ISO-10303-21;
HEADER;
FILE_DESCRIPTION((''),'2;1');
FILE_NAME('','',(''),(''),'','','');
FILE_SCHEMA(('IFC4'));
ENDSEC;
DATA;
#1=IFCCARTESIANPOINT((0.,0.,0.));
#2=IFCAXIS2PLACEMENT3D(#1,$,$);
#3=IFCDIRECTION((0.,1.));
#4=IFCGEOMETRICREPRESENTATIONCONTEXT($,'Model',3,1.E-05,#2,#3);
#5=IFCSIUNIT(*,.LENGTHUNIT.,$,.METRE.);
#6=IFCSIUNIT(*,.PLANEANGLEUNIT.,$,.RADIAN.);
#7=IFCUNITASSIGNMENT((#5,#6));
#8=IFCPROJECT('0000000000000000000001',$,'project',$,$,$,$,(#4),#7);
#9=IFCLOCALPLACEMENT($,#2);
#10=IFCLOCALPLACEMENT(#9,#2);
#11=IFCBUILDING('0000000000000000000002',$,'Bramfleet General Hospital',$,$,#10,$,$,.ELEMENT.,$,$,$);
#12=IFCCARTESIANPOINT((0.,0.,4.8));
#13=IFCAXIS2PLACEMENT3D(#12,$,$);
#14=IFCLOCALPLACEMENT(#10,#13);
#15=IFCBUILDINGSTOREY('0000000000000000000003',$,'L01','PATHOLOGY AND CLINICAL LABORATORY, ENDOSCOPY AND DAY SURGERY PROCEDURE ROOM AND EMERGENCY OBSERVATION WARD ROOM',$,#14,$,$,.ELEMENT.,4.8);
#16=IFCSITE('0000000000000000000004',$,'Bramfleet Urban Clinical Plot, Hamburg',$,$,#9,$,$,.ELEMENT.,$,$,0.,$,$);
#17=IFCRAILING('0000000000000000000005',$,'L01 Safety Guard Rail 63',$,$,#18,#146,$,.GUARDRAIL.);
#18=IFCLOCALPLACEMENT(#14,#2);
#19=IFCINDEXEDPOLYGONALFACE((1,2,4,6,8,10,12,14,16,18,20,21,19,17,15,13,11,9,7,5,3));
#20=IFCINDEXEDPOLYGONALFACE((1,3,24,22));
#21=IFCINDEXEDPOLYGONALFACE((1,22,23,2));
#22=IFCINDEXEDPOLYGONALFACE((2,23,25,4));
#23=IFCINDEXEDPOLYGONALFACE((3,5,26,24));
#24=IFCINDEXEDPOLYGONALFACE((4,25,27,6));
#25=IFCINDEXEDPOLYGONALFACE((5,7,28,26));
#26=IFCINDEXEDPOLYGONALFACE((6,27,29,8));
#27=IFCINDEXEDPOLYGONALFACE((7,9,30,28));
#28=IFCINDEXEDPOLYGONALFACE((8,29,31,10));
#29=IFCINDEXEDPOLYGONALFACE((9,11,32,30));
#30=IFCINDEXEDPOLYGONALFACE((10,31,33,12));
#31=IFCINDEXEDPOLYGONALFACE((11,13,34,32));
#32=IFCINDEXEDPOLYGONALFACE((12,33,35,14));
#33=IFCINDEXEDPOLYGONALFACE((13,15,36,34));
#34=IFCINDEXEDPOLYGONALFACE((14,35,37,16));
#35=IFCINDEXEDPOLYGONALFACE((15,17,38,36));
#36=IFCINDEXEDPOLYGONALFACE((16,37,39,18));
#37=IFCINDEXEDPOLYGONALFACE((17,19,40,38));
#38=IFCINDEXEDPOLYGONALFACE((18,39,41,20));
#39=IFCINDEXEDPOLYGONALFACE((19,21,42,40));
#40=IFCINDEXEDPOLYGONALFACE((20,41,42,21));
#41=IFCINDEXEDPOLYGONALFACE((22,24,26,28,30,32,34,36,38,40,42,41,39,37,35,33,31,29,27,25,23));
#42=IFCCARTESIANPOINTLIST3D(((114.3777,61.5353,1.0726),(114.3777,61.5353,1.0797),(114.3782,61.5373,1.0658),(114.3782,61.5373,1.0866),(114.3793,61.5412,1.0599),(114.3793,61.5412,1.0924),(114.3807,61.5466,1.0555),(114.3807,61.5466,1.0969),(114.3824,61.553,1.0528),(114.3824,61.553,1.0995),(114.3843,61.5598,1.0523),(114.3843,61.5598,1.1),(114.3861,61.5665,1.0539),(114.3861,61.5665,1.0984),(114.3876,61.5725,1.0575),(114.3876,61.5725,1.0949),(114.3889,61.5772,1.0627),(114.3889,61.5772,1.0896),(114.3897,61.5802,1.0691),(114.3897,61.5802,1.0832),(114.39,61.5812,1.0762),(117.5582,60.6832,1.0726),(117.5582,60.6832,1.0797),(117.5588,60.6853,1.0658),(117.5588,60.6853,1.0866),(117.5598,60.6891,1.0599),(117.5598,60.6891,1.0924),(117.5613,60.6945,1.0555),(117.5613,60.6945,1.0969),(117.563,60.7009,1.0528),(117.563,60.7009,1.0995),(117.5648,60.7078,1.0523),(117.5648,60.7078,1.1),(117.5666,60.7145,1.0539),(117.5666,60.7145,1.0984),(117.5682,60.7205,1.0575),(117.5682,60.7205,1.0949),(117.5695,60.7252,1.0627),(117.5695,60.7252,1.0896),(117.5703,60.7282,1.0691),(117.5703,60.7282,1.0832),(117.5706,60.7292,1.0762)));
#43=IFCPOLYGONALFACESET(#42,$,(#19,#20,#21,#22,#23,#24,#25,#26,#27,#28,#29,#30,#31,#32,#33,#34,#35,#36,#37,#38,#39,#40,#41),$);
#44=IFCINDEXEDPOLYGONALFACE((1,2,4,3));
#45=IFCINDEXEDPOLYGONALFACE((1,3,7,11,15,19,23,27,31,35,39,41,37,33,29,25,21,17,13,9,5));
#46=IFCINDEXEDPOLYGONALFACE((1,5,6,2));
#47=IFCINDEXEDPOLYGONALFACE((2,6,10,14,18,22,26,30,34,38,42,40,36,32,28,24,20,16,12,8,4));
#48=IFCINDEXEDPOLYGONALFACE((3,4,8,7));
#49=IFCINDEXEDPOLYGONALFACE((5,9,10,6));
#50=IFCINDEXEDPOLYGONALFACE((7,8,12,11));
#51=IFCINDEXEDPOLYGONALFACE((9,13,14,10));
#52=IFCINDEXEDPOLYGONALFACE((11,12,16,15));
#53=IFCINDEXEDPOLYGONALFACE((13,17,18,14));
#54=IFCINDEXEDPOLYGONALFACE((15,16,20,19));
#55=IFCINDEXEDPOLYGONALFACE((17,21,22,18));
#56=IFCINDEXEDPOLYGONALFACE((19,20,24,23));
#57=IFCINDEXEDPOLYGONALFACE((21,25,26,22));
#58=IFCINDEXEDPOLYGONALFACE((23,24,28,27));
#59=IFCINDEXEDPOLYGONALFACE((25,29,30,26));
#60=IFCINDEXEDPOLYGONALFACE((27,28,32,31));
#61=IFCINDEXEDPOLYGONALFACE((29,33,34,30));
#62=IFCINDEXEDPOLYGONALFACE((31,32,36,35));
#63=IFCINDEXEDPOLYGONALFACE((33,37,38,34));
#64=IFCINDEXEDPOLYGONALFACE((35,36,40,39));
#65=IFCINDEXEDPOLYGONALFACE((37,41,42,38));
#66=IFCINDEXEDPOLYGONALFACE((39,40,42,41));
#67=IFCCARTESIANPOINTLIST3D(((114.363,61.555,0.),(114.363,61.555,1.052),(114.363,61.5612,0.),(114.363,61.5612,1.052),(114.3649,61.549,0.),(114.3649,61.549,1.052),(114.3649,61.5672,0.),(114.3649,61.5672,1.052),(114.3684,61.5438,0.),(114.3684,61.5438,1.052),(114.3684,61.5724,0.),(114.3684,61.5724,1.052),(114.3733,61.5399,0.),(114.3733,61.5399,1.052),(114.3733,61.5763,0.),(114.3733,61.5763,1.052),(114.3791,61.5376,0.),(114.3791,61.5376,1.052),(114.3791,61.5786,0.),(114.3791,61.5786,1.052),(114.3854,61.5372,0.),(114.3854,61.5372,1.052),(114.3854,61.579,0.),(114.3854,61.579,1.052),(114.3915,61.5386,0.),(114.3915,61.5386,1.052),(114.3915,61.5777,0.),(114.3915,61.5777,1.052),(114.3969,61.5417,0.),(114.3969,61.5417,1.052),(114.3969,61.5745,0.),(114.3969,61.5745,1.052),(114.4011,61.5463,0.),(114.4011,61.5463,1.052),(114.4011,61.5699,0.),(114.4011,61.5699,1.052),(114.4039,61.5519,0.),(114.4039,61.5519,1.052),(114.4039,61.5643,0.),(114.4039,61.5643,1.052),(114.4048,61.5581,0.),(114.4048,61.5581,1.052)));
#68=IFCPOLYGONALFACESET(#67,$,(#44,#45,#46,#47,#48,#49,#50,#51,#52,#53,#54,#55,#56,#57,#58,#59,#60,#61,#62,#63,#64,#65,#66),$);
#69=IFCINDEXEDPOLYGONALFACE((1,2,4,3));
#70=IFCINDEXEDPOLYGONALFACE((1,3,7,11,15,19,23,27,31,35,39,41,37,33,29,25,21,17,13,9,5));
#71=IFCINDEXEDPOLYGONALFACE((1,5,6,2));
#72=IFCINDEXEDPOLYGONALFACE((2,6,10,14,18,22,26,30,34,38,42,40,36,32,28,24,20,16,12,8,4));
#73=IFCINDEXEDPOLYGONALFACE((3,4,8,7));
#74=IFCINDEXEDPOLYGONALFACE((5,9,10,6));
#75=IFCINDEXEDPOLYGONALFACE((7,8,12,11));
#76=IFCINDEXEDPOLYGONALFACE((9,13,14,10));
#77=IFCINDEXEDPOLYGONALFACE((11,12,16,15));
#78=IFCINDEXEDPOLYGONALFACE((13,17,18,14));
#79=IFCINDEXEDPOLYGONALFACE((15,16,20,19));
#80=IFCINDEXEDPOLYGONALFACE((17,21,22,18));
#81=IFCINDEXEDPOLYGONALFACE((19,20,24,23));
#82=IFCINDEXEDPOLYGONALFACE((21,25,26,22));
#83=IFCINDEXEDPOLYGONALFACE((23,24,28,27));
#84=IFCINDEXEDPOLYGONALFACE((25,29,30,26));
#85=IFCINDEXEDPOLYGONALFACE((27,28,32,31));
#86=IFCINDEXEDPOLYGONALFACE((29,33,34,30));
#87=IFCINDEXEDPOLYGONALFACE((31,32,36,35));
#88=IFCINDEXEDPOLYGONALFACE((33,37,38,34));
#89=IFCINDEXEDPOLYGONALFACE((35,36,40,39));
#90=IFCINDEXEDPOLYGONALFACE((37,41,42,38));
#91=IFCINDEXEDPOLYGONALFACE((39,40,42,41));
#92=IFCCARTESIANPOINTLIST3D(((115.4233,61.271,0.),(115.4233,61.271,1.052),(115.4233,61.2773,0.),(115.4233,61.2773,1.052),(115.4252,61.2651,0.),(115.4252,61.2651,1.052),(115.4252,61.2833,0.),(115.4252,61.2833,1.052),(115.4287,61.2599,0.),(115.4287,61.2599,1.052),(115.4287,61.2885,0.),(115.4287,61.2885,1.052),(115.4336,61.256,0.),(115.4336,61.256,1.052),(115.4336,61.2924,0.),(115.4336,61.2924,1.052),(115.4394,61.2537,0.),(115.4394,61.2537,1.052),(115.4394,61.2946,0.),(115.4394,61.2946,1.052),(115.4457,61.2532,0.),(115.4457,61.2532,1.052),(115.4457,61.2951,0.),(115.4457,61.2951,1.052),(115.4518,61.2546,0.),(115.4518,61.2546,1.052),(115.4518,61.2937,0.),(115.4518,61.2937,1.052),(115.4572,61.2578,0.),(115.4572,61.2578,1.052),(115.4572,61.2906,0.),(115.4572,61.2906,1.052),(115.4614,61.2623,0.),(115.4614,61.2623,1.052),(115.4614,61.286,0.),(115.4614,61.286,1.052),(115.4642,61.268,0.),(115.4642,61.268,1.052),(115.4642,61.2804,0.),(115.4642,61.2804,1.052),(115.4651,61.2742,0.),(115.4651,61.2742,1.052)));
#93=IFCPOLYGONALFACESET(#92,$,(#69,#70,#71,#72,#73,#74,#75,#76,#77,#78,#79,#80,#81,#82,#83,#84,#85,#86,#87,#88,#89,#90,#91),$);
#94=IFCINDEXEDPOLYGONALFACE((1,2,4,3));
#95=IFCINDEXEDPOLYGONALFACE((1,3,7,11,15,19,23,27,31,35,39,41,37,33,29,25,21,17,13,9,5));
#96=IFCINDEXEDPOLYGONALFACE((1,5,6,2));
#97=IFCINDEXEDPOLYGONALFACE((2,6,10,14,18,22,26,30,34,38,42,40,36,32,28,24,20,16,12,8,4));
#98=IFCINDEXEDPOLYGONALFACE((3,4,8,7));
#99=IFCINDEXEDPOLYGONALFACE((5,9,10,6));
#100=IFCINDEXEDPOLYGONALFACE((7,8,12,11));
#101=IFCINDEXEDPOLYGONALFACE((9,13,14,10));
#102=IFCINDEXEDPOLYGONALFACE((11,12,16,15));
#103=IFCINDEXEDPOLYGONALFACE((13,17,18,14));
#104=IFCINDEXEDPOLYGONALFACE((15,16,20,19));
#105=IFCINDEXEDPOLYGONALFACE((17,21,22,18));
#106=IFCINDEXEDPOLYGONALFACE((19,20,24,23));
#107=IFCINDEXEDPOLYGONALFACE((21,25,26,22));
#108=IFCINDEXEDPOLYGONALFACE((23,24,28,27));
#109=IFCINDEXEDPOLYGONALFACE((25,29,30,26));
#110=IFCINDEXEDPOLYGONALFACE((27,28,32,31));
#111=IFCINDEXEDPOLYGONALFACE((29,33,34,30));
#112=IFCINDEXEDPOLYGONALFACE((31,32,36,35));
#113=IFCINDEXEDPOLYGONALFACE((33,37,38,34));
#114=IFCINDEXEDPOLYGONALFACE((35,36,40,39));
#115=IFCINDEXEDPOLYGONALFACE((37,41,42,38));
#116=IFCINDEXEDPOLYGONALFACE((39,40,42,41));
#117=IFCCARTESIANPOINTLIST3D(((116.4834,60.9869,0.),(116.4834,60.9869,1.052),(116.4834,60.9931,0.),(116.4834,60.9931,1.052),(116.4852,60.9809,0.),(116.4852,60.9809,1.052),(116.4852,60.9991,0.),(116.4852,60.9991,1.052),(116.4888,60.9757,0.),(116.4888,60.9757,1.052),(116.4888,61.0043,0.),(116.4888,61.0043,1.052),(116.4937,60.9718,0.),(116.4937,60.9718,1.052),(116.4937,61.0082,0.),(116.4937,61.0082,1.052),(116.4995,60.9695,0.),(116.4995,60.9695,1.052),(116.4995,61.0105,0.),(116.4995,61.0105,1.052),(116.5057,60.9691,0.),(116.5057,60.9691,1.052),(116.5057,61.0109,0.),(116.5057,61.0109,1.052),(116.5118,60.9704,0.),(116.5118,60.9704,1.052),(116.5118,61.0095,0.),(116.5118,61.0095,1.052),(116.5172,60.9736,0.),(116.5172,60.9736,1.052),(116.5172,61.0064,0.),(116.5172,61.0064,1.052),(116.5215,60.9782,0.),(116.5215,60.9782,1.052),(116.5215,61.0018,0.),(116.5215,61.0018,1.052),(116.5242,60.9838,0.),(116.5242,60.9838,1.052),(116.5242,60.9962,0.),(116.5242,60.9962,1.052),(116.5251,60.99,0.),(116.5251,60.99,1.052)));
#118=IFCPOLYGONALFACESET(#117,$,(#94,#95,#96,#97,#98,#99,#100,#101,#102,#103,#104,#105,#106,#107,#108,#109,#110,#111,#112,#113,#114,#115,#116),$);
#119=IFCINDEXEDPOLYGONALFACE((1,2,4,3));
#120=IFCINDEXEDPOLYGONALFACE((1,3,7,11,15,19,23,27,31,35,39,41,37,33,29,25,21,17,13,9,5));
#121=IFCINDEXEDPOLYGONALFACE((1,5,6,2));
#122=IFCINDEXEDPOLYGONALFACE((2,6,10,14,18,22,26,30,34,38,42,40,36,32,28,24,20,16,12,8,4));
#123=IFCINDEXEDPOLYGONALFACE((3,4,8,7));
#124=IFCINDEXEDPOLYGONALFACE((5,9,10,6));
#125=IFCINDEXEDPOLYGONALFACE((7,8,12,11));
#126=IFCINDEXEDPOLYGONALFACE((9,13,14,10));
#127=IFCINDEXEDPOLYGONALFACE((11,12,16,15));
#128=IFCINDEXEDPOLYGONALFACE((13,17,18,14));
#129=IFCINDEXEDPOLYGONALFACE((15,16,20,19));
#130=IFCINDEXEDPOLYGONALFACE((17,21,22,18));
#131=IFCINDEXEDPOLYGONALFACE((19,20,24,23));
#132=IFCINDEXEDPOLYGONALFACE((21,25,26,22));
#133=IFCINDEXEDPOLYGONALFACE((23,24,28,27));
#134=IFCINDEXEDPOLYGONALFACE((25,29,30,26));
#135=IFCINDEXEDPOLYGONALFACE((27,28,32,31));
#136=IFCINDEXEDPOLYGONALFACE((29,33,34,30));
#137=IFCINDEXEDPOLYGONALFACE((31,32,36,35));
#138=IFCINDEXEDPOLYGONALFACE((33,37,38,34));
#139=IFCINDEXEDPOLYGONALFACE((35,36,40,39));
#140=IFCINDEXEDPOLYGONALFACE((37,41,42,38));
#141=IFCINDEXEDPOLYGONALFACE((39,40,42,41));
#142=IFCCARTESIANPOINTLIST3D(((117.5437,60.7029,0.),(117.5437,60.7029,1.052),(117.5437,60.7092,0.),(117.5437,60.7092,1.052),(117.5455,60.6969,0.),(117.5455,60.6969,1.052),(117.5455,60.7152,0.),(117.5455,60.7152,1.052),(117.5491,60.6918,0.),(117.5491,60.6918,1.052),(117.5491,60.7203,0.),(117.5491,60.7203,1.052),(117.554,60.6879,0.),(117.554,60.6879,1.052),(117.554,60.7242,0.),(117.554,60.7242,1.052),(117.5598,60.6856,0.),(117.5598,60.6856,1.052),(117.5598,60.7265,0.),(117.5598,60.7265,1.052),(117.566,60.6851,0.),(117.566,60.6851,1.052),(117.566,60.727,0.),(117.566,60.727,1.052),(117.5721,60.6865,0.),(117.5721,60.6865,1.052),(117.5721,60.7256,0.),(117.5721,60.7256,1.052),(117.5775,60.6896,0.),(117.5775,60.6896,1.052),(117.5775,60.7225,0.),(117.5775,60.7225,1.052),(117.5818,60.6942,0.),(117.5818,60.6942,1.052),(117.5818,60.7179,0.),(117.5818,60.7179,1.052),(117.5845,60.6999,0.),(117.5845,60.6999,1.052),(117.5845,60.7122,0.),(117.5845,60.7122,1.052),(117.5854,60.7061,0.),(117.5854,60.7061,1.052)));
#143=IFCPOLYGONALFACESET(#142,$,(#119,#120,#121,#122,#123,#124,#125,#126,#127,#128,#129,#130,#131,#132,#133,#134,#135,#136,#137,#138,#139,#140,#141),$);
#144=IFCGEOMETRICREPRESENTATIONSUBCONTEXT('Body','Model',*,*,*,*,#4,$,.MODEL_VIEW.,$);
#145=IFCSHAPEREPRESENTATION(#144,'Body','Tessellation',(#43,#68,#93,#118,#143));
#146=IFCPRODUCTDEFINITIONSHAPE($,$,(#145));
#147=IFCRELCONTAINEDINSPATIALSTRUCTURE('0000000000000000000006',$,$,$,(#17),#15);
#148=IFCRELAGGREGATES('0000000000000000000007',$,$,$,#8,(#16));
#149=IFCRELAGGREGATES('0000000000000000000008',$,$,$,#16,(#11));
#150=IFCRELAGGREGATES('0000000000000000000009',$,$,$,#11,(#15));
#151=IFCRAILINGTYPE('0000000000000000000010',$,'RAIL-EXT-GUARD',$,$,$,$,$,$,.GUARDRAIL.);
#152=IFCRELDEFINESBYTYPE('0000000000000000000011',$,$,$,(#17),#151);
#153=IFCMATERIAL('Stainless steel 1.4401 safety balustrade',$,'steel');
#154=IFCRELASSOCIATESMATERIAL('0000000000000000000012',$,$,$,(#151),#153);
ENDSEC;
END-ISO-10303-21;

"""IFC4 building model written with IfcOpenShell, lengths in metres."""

from ifc_helpers import new_model, si_unit, direction, frame, origin, origin_2d, place, context, subcontext, project, spatial, circle, extrude, material, type_object, element, save


model = new_model("IFC4")

# Units and contexts
model_context = context("Model", 3, precision=1e-05, world=origin(), true_north=direction((0.0, 1.0)))
body_context = subcontext(model_context, "Body", "Model", "MODEL_VIEW")
ifc_project = project(units=[si_unit("LENGTHUNIT", "METRE"), si_unit("PLANEANGLEUNIT", "RADIAN")], contexts=[model_context])

# Site, building, storey
site_placement = place(None, origin())
site = spatial("IfcSite", under=ifc_project, at=site_placement, Name="Bramfleet Urban Clinical Plot, Hamburg", CompositionType="ELEMENT", RefElevation=0.0)
building_placement = place(site_placement, origin())
building = spatial("IfcBuilding", under=site, at=building_placement, Name="Bramfleet General Hospital", CompositionType="ELEMENT")
storey_placement = place(building_placement, frame((0.0, 0.0, 4.8)))
storey = spatial("IfcBuildingStorey", under=building, at=storey_placement, Name="L01", Description="PATHOLOGY AND CLINICAL LABORATORY, ENDOSCOPY AND DAY SURGERY PROCEDURE ROOM AND EMERGENCY OBSERVATION WARD ROOM", CompositionType="ELEMENT", Elevation=4.8)

# Railing
ifc_material_1 = material(Name="Stainless steel 1.4401 safety balustrade", Category="steel")
railing_type = type_object("IfcRailingType", Name="RAIL-EXT-GUARD", PredefinedType="GUARDRAIL", material=ifc_material_1)
railing_placement = place(storey_placement, frame((114.3838, 61.5581, 0.0)))
element("IfcRailing", 1, at=railing_placement, inside=storey, type_object=railing_type, Name="L01 Safety Guard Rail 63", PredefinedType="GUARDRAIL", context=body_context, shape_type="SweptSolid", body=[
    extrude(circle(Radius=0.0239, at=origin_2d()), frame((0.0, 0.0, 1.0762), z_axis=(0.965941, -0.258761, 0.0), x_axis=(0.258761, 0.965941, 0.0)), (0.0, 0.0, 1.0), 3.2927),
    extrude(circle(Radius=0.021, at=origin_2d()), origin(), (0.0, 0.0, 1.0), 1.052),
    extrude(circle(Radius=0.021, at=origin_2d()), frame((1.0603, -0.2839, 0.0)), (0.0, 0.0, 1.0), 1.052),
    extrude(circle(Radius=0.021, at=origin_2d()), frame((2.1204, -0.5681, 0.0)), (0.0, 0.0, 1.0), 1.052),
    extrude(circle(Radius=0.021, at=origin_2d()), frame((3.1807, -0.8521, 0.0)), (0.0, 0.0, 1.0), 1.052),
])

save(model, "model.ifc")
